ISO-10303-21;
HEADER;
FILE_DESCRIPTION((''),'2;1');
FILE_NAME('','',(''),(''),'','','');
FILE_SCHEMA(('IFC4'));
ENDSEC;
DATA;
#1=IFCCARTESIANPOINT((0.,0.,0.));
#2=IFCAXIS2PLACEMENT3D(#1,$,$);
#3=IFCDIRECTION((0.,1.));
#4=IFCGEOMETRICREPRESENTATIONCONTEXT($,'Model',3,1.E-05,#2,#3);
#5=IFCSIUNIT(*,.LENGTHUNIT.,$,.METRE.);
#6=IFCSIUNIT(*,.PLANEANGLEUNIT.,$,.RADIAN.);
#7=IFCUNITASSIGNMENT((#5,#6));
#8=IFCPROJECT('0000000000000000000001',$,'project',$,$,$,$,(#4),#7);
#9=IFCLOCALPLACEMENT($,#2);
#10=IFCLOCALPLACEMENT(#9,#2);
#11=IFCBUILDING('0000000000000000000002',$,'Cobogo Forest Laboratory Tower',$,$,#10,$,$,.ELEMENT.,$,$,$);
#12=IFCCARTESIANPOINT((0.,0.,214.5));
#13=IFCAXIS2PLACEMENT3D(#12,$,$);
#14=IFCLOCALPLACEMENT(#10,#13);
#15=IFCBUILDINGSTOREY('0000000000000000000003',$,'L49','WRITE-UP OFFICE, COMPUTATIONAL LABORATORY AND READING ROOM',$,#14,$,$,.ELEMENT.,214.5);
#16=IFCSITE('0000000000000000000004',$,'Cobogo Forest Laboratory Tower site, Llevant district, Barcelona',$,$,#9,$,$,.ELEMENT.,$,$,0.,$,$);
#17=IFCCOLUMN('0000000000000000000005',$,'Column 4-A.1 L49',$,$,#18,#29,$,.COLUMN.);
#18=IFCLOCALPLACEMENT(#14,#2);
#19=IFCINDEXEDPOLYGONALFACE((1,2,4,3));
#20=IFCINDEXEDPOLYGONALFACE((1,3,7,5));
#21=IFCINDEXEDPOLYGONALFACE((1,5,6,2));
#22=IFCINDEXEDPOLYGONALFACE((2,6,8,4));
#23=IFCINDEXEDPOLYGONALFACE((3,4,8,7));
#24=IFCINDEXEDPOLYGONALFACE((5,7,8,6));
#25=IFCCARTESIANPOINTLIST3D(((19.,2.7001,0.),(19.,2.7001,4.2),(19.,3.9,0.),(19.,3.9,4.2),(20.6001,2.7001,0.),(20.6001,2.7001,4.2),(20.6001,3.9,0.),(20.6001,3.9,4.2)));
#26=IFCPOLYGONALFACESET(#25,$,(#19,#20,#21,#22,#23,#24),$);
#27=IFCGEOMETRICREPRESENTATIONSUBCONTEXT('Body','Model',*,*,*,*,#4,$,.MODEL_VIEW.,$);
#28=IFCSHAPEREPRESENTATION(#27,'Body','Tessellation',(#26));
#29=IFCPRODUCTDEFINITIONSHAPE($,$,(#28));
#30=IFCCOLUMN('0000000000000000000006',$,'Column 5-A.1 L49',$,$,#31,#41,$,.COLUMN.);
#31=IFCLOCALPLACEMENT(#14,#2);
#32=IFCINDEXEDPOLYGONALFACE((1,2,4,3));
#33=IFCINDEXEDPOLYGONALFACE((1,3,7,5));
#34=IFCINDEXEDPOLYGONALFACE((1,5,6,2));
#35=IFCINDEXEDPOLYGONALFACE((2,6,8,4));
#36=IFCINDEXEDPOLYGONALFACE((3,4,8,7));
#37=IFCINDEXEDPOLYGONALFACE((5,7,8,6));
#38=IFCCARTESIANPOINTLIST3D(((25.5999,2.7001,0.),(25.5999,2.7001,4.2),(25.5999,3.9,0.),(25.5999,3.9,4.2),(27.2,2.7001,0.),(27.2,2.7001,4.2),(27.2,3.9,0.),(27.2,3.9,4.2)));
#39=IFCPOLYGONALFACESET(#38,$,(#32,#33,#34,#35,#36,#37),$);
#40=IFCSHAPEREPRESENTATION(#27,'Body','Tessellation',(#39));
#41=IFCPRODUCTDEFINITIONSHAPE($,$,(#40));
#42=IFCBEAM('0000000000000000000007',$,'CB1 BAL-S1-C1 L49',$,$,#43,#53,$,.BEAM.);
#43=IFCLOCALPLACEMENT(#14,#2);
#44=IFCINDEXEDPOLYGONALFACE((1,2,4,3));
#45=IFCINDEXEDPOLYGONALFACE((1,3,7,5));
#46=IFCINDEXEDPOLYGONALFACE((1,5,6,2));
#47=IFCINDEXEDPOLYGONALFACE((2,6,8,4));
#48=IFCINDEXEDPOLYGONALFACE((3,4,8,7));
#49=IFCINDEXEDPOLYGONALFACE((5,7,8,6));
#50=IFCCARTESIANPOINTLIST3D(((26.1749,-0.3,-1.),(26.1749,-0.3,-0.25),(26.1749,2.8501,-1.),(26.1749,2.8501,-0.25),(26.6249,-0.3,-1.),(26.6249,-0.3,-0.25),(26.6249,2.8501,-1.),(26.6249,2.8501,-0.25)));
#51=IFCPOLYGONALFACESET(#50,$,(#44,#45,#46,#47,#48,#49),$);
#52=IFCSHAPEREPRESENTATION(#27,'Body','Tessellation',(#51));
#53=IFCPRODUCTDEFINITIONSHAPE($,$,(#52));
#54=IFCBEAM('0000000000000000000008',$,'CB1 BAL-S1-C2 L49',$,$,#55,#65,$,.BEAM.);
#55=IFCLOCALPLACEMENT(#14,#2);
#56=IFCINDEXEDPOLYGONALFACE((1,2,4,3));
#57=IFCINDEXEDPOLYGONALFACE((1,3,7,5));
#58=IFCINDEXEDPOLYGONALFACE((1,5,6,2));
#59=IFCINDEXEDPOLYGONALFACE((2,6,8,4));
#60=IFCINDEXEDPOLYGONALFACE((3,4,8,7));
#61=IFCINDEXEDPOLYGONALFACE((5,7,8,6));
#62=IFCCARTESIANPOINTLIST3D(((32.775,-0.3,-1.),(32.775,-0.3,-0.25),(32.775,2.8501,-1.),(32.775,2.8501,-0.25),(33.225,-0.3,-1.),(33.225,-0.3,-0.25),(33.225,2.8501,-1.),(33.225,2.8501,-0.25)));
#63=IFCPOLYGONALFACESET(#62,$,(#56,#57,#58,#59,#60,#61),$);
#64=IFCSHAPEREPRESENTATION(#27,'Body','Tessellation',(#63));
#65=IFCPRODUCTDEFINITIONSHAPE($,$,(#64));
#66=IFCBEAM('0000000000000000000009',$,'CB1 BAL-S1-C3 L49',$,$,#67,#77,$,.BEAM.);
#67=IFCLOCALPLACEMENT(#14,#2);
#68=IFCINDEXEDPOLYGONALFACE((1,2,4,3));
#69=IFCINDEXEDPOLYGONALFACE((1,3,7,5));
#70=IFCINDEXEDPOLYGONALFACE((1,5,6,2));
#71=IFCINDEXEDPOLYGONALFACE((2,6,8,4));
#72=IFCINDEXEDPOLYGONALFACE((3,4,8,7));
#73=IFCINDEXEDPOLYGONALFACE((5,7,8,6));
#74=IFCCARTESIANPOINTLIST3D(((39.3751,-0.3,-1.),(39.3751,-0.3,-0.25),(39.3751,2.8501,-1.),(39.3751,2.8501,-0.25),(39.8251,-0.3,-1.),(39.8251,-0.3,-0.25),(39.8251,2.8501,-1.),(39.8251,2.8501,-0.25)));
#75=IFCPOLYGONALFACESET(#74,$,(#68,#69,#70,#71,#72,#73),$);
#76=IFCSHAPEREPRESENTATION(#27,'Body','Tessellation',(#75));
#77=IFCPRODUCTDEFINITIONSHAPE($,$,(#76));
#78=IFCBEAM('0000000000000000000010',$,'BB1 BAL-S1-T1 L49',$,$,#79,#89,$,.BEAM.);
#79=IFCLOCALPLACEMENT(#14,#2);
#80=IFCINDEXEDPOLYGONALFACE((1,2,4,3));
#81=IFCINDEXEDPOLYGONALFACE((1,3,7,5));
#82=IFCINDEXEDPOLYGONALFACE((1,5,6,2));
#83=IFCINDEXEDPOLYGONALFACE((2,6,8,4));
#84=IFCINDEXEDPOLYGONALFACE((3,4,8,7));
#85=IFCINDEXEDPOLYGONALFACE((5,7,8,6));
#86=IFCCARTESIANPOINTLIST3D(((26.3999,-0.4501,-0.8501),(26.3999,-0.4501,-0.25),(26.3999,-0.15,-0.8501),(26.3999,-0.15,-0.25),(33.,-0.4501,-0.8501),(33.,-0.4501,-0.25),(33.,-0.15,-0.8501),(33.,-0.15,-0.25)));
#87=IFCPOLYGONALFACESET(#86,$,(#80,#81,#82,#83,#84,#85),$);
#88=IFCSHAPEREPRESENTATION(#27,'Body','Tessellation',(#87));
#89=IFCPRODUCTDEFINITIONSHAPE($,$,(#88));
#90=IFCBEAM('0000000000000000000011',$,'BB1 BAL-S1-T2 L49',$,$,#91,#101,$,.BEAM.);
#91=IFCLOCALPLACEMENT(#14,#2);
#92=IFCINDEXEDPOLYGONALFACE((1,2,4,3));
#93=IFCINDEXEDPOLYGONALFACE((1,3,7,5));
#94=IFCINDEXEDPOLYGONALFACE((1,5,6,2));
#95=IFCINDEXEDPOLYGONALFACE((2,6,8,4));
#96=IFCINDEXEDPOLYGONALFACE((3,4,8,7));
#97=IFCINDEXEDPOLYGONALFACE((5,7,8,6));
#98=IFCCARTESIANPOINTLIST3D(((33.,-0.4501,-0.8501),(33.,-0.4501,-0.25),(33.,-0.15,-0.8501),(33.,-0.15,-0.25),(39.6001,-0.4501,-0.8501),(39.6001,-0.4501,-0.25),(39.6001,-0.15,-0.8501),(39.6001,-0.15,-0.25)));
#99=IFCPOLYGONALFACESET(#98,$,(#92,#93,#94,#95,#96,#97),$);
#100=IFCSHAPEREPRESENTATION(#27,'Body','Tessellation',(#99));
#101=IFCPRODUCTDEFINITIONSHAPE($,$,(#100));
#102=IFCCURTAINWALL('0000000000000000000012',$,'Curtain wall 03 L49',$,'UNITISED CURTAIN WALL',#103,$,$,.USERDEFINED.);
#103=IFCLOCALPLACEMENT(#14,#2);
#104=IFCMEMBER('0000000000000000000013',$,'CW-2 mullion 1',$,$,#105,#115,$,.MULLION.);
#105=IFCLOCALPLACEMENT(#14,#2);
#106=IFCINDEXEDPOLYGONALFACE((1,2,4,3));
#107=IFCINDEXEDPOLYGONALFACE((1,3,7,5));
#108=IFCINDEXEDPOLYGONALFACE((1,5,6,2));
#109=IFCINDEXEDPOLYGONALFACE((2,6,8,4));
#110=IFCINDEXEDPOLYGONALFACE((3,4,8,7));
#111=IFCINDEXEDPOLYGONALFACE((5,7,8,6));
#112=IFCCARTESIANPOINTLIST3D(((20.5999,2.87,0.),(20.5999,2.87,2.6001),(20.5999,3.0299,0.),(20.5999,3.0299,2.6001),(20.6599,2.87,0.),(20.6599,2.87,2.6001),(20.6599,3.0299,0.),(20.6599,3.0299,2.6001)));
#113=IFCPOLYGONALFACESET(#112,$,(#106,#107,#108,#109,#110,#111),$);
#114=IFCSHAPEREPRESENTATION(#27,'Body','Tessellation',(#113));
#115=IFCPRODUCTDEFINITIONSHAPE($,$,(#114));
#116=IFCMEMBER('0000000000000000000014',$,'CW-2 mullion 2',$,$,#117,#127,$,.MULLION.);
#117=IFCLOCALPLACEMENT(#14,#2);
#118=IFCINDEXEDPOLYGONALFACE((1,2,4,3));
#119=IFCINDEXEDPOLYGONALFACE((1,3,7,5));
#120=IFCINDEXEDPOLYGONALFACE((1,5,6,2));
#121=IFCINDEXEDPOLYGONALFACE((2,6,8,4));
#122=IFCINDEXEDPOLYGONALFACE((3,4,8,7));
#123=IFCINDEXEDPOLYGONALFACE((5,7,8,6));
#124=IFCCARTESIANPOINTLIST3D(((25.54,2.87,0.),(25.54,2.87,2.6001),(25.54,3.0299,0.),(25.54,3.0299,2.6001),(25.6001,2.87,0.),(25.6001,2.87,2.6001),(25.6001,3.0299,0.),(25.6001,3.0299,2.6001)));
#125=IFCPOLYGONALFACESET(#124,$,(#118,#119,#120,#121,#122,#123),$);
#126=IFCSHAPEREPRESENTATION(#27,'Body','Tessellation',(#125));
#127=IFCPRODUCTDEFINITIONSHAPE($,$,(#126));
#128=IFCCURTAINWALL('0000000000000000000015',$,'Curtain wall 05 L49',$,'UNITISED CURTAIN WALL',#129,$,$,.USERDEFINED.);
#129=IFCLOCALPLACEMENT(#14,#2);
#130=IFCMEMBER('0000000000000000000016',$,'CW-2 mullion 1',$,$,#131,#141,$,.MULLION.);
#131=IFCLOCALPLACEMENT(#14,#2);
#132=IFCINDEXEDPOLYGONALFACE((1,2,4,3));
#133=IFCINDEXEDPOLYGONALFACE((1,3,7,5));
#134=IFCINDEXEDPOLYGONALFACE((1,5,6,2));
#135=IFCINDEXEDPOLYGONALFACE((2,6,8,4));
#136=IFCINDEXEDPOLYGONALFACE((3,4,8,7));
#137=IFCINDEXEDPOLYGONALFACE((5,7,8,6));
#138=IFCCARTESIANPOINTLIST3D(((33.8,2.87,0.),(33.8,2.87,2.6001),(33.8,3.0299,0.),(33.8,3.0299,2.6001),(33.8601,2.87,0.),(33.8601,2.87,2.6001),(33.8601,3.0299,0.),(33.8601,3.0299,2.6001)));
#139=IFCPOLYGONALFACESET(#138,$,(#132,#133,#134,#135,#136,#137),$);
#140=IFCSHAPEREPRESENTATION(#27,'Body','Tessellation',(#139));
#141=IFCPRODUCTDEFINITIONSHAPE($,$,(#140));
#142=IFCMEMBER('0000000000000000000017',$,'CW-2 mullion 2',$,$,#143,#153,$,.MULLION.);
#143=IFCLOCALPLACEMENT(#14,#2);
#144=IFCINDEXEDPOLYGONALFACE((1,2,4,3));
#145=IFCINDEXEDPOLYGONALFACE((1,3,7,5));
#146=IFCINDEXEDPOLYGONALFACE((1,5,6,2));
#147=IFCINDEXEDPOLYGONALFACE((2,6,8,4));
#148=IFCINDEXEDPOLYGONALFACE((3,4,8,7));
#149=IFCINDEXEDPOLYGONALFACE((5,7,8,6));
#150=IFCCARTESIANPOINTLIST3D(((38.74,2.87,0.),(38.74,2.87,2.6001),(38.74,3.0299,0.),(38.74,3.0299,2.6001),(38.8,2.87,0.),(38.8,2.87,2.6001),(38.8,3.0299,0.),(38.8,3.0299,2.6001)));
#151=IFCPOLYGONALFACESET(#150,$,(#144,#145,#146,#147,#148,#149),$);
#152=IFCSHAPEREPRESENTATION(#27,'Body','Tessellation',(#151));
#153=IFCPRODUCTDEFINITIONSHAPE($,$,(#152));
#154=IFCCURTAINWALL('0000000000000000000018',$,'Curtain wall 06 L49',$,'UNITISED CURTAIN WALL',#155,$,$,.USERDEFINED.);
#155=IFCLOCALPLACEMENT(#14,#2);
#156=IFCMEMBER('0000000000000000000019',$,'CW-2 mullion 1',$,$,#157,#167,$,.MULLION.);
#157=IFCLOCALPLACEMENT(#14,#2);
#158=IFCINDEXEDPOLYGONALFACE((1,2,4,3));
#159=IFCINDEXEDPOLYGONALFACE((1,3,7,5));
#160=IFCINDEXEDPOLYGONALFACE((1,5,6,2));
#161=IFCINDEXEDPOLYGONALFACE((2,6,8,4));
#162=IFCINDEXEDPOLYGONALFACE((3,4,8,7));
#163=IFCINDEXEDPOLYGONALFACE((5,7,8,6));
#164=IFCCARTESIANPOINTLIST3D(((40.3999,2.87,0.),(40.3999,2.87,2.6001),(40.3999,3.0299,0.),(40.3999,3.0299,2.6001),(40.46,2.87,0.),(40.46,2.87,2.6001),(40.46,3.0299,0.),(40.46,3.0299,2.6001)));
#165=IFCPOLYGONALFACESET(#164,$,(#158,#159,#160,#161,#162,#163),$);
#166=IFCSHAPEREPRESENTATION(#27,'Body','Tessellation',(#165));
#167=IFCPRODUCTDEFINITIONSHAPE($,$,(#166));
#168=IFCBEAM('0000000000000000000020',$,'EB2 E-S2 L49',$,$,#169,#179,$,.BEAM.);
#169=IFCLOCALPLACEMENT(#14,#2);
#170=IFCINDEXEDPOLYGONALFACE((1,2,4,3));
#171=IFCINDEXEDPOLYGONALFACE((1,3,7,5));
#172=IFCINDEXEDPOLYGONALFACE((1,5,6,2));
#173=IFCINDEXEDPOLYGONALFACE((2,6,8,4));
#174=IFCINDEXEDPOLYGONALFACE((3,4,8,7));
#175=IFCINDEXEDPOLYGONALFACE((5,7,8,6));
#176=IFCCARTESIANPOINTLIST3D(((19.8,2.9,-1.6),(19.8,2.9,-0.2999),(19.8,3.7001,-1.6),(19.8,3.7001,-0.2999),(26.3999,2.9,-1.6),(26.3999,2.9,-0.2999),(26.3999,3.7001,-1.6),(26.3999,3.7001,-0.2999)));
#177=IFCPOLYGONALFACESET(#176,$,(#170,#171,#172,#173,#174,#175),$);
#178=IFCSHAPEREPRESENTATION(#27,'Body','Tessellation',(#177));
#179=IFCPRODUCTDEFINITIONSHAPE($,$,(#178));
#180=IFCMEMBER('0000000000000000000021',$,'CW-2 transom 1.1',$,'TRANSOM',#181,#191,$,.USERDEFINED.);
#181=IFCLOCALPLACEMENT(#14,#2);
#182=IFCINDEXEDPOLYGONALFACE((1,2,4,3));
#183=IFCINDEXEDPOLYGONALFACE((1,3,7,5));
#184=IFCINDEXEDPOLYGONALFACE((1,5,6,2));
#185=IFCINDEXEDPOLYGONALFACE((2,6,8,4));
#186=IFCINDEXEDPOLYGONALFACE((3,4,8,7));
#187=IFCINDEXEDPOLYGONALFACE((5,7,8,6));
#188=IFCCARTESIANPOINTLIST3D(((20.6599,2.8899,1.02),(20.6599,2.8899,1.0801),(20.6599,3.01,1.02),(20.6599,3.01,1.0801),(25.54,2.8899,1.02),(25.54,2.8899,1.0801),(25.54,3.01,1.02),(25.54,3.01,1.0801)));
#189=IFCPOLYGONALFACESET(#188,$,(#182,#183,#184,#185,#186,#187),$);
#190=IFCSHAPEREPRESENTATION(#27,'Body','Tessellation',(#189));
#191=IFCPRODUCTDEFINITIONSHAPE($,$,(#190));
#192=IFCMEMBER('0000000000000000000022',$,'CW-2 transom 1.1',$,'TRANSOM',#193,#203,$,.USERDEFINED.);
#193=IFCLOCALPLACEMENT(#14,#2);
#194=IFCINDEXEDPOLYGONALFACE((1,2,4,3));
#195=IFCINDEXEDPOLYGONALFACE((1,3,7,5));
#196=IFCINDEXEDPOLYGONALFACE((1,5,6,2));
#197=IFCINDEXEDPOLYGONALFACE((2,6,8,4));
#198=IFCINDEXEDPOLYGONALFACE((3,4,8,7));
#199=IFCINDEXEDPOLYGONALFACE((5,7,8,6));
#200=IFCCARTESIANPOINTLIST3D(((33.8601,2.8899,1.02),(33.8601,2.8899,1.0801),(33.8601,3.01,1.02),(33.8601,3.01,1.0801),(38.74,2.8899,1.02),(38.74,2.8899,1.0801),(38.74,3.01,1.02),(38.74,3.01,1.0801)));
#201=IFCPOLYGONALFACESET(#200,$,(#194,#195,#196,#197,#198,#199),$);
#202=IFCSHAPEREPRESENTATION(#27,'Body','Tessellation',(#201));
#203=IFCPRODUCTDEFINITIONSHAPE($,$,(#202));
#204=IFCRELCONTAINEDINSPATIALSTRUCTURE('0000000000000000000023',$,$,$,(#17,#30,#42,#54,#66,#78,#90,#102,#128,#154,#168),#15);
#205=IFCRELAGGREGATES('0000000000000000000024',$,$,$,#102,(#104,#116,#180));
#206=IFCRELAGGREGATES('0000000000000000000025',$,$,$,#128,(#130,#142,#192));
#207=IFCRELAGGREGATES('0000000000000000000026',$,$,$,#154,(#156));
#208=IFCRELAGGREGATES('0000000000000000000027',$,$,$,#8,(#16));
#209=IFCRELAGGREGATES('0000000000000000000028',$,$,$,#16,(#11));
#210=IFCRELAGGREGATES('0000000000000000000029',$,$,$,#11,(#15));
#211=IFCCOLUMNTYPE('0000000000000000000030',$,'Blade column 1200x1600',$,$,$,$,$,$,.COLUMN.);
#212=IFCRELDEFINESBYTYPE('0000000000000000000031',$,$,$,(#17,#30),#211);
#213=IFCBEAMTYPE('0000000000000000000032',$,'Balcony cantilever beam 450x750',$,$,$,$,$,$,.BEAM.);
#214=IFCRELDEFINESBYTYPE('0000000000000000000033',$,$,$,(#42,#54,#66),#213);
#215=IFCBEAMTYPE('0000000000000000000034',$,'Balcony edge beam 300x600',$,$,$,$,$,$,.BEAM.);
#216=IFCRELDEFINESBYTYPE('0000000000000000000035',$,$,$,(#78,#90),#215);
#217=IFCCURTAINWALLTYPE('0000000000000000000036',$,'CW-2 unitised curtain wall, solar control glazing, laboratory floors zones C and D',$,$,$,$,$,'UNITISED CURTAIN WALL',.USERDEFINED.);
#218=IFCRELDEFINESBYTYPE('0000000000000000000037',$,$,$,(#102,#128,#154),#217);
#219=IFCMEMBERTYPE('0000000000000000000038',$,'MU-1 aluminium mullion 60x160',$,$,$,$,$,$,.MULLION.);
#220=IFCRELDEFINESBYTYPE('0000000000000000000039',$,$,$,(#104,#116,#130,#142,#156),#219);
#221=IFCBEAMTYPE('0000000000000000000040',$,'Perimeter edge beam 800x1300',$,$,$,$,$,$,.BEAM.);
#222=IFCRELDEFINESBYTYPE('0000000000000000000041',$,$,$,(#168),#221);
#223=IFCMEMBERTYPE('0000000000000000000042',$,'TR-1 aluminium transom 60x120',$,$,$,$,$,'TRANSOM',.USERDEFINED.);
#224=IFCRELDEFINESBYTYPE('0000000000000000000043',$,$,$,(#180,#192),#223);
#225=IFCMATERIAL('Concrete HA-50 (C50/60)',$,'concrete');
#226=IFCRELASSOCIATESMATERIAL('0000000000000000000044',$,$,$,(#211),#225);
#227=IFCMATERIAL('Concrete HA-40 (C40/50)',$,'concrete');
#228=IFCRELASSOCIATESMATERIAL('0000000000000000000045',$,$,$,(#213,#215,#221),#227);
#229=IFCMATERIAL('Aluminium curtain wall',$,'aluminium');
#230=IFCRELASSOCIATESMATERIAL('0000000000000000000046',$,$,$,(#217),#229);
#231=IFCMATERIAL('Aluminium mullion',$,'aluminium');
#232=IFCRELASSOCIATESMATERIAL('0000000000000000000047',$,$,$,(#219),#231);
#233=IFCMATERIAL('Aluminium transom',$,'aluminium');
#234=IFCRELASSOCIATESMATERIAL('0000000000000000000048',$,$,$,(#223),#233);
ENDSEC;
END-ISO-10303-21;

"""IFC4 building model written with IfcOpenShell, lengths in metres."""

from ifc_helpers import new_model, si_unit, direction, frame, origin, origin_2d, place, context, subcontext, project, spatial, rectangle, extrude, material, material_profile, profile_set, type_object, element, aggregate, save


model = new_model("IFC4")

# Units and contexts
model_context = context("Model", 3, precision=1e-05, world=origin(), true_north=direction((0.0, 1.0)))
body_context = subcontext(model_context, "Body", "Model", "MODEL_VIEW")
ifc_project = project(units=[si_unit("LENGTHUNIT", "METRE"), si_unit("PLANEANGLEUNIT", "RADIAN")], contexts=[model_context])

# Site, building, storey
site_placement = place(None, origin())
site = spatial("IfcSite", under=ifc_project, at=site_placement, Name="Cobogo Forest Laboratory Tower site, Llevant district, Barcelona", CompositionType="ELEMENT", RefElevation=0.0)
building_placement = place(site_placement, origin())
building = spatial("IfcBuilding", under=site, at=building_placement, Name="Cobogo Forest Laboratory Tower", CompositionType="ELEMENT")
storey_placement = place(building_placement, frame((0.0, 0.0, 214.5)))
storey = spatial("IfcBuildingStorey", under=building, at=storey_placement, Name="L49", Description="WRITE-UP OFFICE, COMPUTATIONAL LABORATORY AND READING ROOM", CompositionType="ELEMENT", Elevation=214.5)

# Columns
ifc_material_1 = material(Name="Concrete HA-50 (C50/60)", Category="concrete")
ifc_material_profile_1 = material_profile(ifc_material_1, rectangle(XDim=1.6001, YDim=1.2, at=origin_2d()), Name="RC 1200x1600")
ifc_profile_set_1 = profile_set([ifc_material_profile_1], Name="Concrete HA-50 (C50/60)")
column_type = type_object("IfcColumnType", Name="Blade column 1200x1600", PredefinedType="COLUMN", material=ifc_profile_set_1)
for number, where, z_axis, x_axis, name in (
    (1, (19.8, 3.3, 0.0), (0.0, 0.0, 1.0), (1.0, 0.0, 0.0), "Column 4-A.1 L49"),
    (2, (26.3999, 3.3, 0.0), (0.0, 0.0, 1.0), (1.0, 0.0, 0.0), "Column 5-A.1 L49"),
):
    element("IfcColumn", number, at=place(storey_placement, frame(where, z_axis=z_axis, x_axis=x_axis)), inside=storey, type_object=column_type, Name=name, PredefinedType="COLUMN", context=body_context, shape_type="SweptSolid", body=[
        extrude(rectangle(XDim=1.6001, YDim=1.2, at=origin_2d()), origin(), (0.0, 0.0, 1.0), 4.2),
    ])

# Beams
ifc_material_2 = material(Name="Concrete HA-40 (C40/50)", Category="concrete")
ifc_material_profile_2 = material_profile(ifc_material_2, rectangle(XDim=0.45, YDim=0.75, at=origin_2d()), Name="RC 450x750")
ifc_profile_set_2 = profile_set([ifc_material_profile_2], Name="Concrete HA-40 (C40/50)")
beam_type_1 = type_object("IfcBeamType", Name="Balcony cantilever beam 450x750", PredefinedType="BEAM", material=ifc_profile_set_2)
for number, where, z_axis, x_axis, name in (
    (3, (26.3999, 2.8501, -0.625), (0.0, -1.0, 0.0), (1.0, 0.0, 0.0), "CB1 BAL-S1-C1 L49"),
    (4, (33.0, 2.8501, -0.625), (0.0, -1.0, 0.0), (1.0, 0.0, 0.0), "CB1 BAL-S1-C2 L49"),
    (5, (39.6001, 2.8501, -0.625), (0.0, -1.0, 0.0), (1.0, 0.0, 0.0), "CB1 BAL-S1-C3 L49"),
):
    element("IfcBeam", number, at=place(storey_placement, frame(where, z_axis=z_axis, x_axis=x_axis)), inside=storey, type_object=beam_type_1, Name=name, PredefinedType="BEAM", context=body_context, shape_type="SweptSolid", body=[
        extrude(rectangle(XDim=0.45, YDim=0.75, at=origin_2d()), origin(), (0.0, 0.0, 1.0), 3.1501),
    ])
ifc_material_profile_3 = material_profile(ifc_material_2, rectangle(XDim=0.3, YDim=0.6001, at=origin_2d()), Name="RC 300x600")
ifc_profile_set_3 = profile_set([ifc_material_profile_3], Name="Concrete HA-40 (C40/50)")
beam_type_2 = type_object("IfcBeamType", Name="Balcony edge beam 300x600", PredefinedType="BEAM", material=ifc_profile_set_3)
for number, where, z_axis, x_axis, name in (
    (6, (26.3999, -0.3, -0.55), (1.0, 0.0, 0.0), (0.0, 1.0, 0.0), "BB1 BAL-S1-T1 L49"),
    (7, (33.0, -0.3, -0.55), (1.0, 0.0, 0.0), (0.0, 1.0, 0.0), "BB1 BAL-S1-T2 L49"),
):
    element("IfcBeam", number, at=place(storey_placement, frame(where, z_axis=z_axis, x_axis=x_axis)), inside=storey, type_object=beam_type_2, Name=name, PredefinedType="BEAM", context=body_context, shape_type="SweptSolid", body=[
        extrude(rectangle(XDim=0.3, YDim=0.6001, at=origin_2d()), origin(), (0.0, 0.0, 1.0), 6.6001),
    ])

# Curtain walls, members
ifc_material_3 = material(Name="Aluminium curtain wall", Category="aluminium")
curtain_wall_type = type_object("IfcCurtainWallType", Name="CW-2 unitised curtain wall, solar control glazing, laboratory floors zones C and D", ElementType="UNITISED CURTAIN WALL", PredefinedType="USERDEFINED", material=ifc_material_3)
curtain_wall_1_placement = place(storey_placement, origin())
curtain_wall_1 = element("IfcCurtainWall", 8, at=curtain_wall_1_placement, inside=storey, type_object=curtain_wall_type, Name="Curtain wall 03 L49", ObjectType="UNITISED CURTAIN WALL", PredefinedType="USERDEFINED")
ifc_material_4 = material(Name="Aluminium mullion", Category="aluminium")
ifc_material_profile_4 = material_profile(ifc_material_4, rectangle(XDim=0.0601, YDim=0.1599, at=origin_2d()), Name="AL 60x160")
ifc_profile_set_4 = profile_set([ifc_material_profile_4], Name="Aluminium mullion")
member_type_1 = type_object("IfcMemberType", Name="MU-1 aluminium mullion 60x160", PredefinedType="MULLION", material=ifc_profile_set_4)
member_1_placement = place(storey_placement, frame((20.6299, 2.95, 0.0), z_axis=(0.0, 0.0, 1.0), x_axis=(1.0, 0.0, 0.0)))
member_1 = element("IfcMember", 9, at=member_1_placement, type_object=member_type_1, Name="CW-2 mullion 1", PredefinedType="MULLION", context=body_context, shape_type="SweptSolid", body=[
    extrude(rectangle(XDim=0.0601, YDim=0.1599, at=origin_2d()), origin(), (0.0, 0.0, 1.0), 2.6001),
])
member_2_placement = place(storey_placement, frame((25.5701, 2.95, 0.0), z_axis=(0.0, 0.0, 1.0), x_axis=(1.0, 0.0, 0.0)))
member_2 = element("IfcMember", 10, at=member_2_placement, type_object=member_type_1, Name="CW-2 mullion 2", PredefinedType="MULLION", context=body_context, shape_type="SweptSolid", body=[
    extrude(rectangle(XDim=0.0601, YDim=0.1599, at=origin_2d()), origin(), (0.0, 0.0, 1.0), 2.6001),
])
curtain_wall_2_placement = place(storey_placement, origin())
curtain_wall_2 = element("IfcCurtainWall", 11, at=curtain_wall_2_placement, inside=storey, type_object=curtain_wall_type, Name="Curtain wall 05 L49", ObjectType="UNITISED CURTAIN WALL", PredefinedType="USERDEFINED")
member_3_placement = place(storey_placement, frame((33.8301, 2.95, 0.0), z_axis=(0.0, 0.0, 1.0), x_axis=(1.0, 0.0, 0.0)))
member_3 = element("IfcMember", 12, at=member_3_placement, type_object=member_type_1, Name="CW-2 mullion 1", PredefinedType="MULLION", context=body_context, shape_type="SweptSolid", body=[
    extrude(rectangle(XDim=0.0601, YDim=0.1599, at=origin_2d()), origin(), (0.0, 0.0, 1.0), 2.6001),
])
member_4_placement = place(storey_placement, frame((38.77, 2.95, 0.0), z_axis=(0.0, 0.0, 1.0), x_axis=(1.0, 0.0, 0.0)))
member_4 = element("IfcMember", 13, at=member_4_placement, type_object=member_type_1, Name="CW-2 mullion 2", PredefinedType="MULLION", context=body_context, shape_type="SweptSolid", body=[
    extrude(rectangle(XDim=0.0601, YDim=0.1599, at=origin_2d()), origin(), (0.0, 0.0, 1.0), 2.6001),
])

# Curtain wall, member
curtain_wall_3_placement = place(storey_placement, origin())
curtain_wall_3 = element("IfcCurtainWall", 14, at=curtain_wall_3_placement, inside=storey, type_object=curtain_wall_type, Name="Curtain wall 06 L49", ObjectType="UNITISED CURTAIN WALL", PredefinedType="USERDEFINED")
member_5_placement = place(storey_placement, frame((40.4299, 2.95, 0.0), z_axis=(0.0, 0.0, 1.0), x_axis=(1.0, 0.0, 0.0)))
member_5 = element("IfcMember", 15, at=member_5_placement, type_object=member_type_1, Name="CW-2 mullion 1", PredefinedType="MULLION", context=body_context, shape_type="SweptSolid", body=[
    extrude(rectangle(XDim=0.0601, YDim=0.1599, at=origin_2d()), origin(), (0.0, 0.0, 1.0), 2.6001),
])

# Beam
ifc_material_profile_5 = material_profile(ifc_material_2, rectangle(XDim=0.8, YDim=1.3, at=origin_2d()), Name="RC 800x1300")
ifc_profile_set_5 = profile_set([ifc_material_profile_5], Name="Concrete HA-40 (C40/50)")
beam_type_3 = type_object("IfcBeamType", Name="Perimeter edge beam 800x1300", PredefinedType="BEAM", material=ifc_profile_set_5)
beam_placement = place(storey_placement, frame((19.8, 3.3, -0.95), z_axis=(1.0, 0.0, 0.0), x_axis=(0.0, 1.0, 0.0)))
element("IfcBeam", 16, at=beam_placement, inside=storey, type_object=beam_type_3, Name="EB2 E-S2 L49", PredefinedType="BEAM", context=body_context, shape_type="SweptSolid", body=[
    extrude(rectangle(XDim=0.8, YDim=1.3, at=origin_2d()), origin(), (0.0, 0.0, 1.0), 6.5999),
])

# Members
ifc_material_5 = material(Name="Aluminium transom", Category="aluminium")
ifc_material_profile_6 = material_profile(ifc_material_5, rectangle(XDim=0.1201, YDim=0.0601, at=origin_2d()), Name="AL 60x120")
ifc_profile_set_6 = profile_set([ifc_material_profile_6], Name="Aluminium transom")
member_type_2 = type_object("IfcMemberType", Name="TR-1 aluminium transom 60x120", ElementType="TRANSOM", PredefinedType="USERDEFINED", material=ifc_profile_set_6)
member_6_placement = place(storey_placement, frame((20.6599, 2.95, 1.05), z_axis=(1.0, 0.0, 0.0), x_axis=(0.0, 1.0, 0.0)))
member_6 = element("IfcMember", 17, at=member_6_placement, type_object=member_type_2, Name="CW-2 transom 1.1", ObjectType="TRANSOM", PredefinedType="USERDEFINED", context=body_context, shape_type="SweptSolid", body=[
    extrude(rectangle(XDim=0.1201, YDim=0.0601, at=origin_2d()), origin(), (0.0, 0.0, 1.0), 4.8801),
])
member_7_placement = place(storey_placement, frame((33.8601, 2.95, 1.05), z_axis=(1.0, 0.0, 0.0), x_axis=(0.0, 1.0, 0.0)))
member_7 = element("IfcMember", 18, at=member_7_placement, type_object=member_type_2, Name="CW-2 transom 1.1", ObjectType="TRANSOM", PredefinedType="USERDEFINED", context=body_context, shape_type="SweptSolid", body=[
    extrude(rectangle(XDim=0.1201, YDim=0.0601, at=origin_2d()), origin(), (0.0, 0.0, 1.0), 4.8799),
])

aggregate(curtain_wall_1, [member_1, member_2, member_6])
aggregate(curtain_wall_2, [member_3, member_4, member_7])
aggregate(curtain_wall_3, [member_5])

save(model, "model.ifc")
